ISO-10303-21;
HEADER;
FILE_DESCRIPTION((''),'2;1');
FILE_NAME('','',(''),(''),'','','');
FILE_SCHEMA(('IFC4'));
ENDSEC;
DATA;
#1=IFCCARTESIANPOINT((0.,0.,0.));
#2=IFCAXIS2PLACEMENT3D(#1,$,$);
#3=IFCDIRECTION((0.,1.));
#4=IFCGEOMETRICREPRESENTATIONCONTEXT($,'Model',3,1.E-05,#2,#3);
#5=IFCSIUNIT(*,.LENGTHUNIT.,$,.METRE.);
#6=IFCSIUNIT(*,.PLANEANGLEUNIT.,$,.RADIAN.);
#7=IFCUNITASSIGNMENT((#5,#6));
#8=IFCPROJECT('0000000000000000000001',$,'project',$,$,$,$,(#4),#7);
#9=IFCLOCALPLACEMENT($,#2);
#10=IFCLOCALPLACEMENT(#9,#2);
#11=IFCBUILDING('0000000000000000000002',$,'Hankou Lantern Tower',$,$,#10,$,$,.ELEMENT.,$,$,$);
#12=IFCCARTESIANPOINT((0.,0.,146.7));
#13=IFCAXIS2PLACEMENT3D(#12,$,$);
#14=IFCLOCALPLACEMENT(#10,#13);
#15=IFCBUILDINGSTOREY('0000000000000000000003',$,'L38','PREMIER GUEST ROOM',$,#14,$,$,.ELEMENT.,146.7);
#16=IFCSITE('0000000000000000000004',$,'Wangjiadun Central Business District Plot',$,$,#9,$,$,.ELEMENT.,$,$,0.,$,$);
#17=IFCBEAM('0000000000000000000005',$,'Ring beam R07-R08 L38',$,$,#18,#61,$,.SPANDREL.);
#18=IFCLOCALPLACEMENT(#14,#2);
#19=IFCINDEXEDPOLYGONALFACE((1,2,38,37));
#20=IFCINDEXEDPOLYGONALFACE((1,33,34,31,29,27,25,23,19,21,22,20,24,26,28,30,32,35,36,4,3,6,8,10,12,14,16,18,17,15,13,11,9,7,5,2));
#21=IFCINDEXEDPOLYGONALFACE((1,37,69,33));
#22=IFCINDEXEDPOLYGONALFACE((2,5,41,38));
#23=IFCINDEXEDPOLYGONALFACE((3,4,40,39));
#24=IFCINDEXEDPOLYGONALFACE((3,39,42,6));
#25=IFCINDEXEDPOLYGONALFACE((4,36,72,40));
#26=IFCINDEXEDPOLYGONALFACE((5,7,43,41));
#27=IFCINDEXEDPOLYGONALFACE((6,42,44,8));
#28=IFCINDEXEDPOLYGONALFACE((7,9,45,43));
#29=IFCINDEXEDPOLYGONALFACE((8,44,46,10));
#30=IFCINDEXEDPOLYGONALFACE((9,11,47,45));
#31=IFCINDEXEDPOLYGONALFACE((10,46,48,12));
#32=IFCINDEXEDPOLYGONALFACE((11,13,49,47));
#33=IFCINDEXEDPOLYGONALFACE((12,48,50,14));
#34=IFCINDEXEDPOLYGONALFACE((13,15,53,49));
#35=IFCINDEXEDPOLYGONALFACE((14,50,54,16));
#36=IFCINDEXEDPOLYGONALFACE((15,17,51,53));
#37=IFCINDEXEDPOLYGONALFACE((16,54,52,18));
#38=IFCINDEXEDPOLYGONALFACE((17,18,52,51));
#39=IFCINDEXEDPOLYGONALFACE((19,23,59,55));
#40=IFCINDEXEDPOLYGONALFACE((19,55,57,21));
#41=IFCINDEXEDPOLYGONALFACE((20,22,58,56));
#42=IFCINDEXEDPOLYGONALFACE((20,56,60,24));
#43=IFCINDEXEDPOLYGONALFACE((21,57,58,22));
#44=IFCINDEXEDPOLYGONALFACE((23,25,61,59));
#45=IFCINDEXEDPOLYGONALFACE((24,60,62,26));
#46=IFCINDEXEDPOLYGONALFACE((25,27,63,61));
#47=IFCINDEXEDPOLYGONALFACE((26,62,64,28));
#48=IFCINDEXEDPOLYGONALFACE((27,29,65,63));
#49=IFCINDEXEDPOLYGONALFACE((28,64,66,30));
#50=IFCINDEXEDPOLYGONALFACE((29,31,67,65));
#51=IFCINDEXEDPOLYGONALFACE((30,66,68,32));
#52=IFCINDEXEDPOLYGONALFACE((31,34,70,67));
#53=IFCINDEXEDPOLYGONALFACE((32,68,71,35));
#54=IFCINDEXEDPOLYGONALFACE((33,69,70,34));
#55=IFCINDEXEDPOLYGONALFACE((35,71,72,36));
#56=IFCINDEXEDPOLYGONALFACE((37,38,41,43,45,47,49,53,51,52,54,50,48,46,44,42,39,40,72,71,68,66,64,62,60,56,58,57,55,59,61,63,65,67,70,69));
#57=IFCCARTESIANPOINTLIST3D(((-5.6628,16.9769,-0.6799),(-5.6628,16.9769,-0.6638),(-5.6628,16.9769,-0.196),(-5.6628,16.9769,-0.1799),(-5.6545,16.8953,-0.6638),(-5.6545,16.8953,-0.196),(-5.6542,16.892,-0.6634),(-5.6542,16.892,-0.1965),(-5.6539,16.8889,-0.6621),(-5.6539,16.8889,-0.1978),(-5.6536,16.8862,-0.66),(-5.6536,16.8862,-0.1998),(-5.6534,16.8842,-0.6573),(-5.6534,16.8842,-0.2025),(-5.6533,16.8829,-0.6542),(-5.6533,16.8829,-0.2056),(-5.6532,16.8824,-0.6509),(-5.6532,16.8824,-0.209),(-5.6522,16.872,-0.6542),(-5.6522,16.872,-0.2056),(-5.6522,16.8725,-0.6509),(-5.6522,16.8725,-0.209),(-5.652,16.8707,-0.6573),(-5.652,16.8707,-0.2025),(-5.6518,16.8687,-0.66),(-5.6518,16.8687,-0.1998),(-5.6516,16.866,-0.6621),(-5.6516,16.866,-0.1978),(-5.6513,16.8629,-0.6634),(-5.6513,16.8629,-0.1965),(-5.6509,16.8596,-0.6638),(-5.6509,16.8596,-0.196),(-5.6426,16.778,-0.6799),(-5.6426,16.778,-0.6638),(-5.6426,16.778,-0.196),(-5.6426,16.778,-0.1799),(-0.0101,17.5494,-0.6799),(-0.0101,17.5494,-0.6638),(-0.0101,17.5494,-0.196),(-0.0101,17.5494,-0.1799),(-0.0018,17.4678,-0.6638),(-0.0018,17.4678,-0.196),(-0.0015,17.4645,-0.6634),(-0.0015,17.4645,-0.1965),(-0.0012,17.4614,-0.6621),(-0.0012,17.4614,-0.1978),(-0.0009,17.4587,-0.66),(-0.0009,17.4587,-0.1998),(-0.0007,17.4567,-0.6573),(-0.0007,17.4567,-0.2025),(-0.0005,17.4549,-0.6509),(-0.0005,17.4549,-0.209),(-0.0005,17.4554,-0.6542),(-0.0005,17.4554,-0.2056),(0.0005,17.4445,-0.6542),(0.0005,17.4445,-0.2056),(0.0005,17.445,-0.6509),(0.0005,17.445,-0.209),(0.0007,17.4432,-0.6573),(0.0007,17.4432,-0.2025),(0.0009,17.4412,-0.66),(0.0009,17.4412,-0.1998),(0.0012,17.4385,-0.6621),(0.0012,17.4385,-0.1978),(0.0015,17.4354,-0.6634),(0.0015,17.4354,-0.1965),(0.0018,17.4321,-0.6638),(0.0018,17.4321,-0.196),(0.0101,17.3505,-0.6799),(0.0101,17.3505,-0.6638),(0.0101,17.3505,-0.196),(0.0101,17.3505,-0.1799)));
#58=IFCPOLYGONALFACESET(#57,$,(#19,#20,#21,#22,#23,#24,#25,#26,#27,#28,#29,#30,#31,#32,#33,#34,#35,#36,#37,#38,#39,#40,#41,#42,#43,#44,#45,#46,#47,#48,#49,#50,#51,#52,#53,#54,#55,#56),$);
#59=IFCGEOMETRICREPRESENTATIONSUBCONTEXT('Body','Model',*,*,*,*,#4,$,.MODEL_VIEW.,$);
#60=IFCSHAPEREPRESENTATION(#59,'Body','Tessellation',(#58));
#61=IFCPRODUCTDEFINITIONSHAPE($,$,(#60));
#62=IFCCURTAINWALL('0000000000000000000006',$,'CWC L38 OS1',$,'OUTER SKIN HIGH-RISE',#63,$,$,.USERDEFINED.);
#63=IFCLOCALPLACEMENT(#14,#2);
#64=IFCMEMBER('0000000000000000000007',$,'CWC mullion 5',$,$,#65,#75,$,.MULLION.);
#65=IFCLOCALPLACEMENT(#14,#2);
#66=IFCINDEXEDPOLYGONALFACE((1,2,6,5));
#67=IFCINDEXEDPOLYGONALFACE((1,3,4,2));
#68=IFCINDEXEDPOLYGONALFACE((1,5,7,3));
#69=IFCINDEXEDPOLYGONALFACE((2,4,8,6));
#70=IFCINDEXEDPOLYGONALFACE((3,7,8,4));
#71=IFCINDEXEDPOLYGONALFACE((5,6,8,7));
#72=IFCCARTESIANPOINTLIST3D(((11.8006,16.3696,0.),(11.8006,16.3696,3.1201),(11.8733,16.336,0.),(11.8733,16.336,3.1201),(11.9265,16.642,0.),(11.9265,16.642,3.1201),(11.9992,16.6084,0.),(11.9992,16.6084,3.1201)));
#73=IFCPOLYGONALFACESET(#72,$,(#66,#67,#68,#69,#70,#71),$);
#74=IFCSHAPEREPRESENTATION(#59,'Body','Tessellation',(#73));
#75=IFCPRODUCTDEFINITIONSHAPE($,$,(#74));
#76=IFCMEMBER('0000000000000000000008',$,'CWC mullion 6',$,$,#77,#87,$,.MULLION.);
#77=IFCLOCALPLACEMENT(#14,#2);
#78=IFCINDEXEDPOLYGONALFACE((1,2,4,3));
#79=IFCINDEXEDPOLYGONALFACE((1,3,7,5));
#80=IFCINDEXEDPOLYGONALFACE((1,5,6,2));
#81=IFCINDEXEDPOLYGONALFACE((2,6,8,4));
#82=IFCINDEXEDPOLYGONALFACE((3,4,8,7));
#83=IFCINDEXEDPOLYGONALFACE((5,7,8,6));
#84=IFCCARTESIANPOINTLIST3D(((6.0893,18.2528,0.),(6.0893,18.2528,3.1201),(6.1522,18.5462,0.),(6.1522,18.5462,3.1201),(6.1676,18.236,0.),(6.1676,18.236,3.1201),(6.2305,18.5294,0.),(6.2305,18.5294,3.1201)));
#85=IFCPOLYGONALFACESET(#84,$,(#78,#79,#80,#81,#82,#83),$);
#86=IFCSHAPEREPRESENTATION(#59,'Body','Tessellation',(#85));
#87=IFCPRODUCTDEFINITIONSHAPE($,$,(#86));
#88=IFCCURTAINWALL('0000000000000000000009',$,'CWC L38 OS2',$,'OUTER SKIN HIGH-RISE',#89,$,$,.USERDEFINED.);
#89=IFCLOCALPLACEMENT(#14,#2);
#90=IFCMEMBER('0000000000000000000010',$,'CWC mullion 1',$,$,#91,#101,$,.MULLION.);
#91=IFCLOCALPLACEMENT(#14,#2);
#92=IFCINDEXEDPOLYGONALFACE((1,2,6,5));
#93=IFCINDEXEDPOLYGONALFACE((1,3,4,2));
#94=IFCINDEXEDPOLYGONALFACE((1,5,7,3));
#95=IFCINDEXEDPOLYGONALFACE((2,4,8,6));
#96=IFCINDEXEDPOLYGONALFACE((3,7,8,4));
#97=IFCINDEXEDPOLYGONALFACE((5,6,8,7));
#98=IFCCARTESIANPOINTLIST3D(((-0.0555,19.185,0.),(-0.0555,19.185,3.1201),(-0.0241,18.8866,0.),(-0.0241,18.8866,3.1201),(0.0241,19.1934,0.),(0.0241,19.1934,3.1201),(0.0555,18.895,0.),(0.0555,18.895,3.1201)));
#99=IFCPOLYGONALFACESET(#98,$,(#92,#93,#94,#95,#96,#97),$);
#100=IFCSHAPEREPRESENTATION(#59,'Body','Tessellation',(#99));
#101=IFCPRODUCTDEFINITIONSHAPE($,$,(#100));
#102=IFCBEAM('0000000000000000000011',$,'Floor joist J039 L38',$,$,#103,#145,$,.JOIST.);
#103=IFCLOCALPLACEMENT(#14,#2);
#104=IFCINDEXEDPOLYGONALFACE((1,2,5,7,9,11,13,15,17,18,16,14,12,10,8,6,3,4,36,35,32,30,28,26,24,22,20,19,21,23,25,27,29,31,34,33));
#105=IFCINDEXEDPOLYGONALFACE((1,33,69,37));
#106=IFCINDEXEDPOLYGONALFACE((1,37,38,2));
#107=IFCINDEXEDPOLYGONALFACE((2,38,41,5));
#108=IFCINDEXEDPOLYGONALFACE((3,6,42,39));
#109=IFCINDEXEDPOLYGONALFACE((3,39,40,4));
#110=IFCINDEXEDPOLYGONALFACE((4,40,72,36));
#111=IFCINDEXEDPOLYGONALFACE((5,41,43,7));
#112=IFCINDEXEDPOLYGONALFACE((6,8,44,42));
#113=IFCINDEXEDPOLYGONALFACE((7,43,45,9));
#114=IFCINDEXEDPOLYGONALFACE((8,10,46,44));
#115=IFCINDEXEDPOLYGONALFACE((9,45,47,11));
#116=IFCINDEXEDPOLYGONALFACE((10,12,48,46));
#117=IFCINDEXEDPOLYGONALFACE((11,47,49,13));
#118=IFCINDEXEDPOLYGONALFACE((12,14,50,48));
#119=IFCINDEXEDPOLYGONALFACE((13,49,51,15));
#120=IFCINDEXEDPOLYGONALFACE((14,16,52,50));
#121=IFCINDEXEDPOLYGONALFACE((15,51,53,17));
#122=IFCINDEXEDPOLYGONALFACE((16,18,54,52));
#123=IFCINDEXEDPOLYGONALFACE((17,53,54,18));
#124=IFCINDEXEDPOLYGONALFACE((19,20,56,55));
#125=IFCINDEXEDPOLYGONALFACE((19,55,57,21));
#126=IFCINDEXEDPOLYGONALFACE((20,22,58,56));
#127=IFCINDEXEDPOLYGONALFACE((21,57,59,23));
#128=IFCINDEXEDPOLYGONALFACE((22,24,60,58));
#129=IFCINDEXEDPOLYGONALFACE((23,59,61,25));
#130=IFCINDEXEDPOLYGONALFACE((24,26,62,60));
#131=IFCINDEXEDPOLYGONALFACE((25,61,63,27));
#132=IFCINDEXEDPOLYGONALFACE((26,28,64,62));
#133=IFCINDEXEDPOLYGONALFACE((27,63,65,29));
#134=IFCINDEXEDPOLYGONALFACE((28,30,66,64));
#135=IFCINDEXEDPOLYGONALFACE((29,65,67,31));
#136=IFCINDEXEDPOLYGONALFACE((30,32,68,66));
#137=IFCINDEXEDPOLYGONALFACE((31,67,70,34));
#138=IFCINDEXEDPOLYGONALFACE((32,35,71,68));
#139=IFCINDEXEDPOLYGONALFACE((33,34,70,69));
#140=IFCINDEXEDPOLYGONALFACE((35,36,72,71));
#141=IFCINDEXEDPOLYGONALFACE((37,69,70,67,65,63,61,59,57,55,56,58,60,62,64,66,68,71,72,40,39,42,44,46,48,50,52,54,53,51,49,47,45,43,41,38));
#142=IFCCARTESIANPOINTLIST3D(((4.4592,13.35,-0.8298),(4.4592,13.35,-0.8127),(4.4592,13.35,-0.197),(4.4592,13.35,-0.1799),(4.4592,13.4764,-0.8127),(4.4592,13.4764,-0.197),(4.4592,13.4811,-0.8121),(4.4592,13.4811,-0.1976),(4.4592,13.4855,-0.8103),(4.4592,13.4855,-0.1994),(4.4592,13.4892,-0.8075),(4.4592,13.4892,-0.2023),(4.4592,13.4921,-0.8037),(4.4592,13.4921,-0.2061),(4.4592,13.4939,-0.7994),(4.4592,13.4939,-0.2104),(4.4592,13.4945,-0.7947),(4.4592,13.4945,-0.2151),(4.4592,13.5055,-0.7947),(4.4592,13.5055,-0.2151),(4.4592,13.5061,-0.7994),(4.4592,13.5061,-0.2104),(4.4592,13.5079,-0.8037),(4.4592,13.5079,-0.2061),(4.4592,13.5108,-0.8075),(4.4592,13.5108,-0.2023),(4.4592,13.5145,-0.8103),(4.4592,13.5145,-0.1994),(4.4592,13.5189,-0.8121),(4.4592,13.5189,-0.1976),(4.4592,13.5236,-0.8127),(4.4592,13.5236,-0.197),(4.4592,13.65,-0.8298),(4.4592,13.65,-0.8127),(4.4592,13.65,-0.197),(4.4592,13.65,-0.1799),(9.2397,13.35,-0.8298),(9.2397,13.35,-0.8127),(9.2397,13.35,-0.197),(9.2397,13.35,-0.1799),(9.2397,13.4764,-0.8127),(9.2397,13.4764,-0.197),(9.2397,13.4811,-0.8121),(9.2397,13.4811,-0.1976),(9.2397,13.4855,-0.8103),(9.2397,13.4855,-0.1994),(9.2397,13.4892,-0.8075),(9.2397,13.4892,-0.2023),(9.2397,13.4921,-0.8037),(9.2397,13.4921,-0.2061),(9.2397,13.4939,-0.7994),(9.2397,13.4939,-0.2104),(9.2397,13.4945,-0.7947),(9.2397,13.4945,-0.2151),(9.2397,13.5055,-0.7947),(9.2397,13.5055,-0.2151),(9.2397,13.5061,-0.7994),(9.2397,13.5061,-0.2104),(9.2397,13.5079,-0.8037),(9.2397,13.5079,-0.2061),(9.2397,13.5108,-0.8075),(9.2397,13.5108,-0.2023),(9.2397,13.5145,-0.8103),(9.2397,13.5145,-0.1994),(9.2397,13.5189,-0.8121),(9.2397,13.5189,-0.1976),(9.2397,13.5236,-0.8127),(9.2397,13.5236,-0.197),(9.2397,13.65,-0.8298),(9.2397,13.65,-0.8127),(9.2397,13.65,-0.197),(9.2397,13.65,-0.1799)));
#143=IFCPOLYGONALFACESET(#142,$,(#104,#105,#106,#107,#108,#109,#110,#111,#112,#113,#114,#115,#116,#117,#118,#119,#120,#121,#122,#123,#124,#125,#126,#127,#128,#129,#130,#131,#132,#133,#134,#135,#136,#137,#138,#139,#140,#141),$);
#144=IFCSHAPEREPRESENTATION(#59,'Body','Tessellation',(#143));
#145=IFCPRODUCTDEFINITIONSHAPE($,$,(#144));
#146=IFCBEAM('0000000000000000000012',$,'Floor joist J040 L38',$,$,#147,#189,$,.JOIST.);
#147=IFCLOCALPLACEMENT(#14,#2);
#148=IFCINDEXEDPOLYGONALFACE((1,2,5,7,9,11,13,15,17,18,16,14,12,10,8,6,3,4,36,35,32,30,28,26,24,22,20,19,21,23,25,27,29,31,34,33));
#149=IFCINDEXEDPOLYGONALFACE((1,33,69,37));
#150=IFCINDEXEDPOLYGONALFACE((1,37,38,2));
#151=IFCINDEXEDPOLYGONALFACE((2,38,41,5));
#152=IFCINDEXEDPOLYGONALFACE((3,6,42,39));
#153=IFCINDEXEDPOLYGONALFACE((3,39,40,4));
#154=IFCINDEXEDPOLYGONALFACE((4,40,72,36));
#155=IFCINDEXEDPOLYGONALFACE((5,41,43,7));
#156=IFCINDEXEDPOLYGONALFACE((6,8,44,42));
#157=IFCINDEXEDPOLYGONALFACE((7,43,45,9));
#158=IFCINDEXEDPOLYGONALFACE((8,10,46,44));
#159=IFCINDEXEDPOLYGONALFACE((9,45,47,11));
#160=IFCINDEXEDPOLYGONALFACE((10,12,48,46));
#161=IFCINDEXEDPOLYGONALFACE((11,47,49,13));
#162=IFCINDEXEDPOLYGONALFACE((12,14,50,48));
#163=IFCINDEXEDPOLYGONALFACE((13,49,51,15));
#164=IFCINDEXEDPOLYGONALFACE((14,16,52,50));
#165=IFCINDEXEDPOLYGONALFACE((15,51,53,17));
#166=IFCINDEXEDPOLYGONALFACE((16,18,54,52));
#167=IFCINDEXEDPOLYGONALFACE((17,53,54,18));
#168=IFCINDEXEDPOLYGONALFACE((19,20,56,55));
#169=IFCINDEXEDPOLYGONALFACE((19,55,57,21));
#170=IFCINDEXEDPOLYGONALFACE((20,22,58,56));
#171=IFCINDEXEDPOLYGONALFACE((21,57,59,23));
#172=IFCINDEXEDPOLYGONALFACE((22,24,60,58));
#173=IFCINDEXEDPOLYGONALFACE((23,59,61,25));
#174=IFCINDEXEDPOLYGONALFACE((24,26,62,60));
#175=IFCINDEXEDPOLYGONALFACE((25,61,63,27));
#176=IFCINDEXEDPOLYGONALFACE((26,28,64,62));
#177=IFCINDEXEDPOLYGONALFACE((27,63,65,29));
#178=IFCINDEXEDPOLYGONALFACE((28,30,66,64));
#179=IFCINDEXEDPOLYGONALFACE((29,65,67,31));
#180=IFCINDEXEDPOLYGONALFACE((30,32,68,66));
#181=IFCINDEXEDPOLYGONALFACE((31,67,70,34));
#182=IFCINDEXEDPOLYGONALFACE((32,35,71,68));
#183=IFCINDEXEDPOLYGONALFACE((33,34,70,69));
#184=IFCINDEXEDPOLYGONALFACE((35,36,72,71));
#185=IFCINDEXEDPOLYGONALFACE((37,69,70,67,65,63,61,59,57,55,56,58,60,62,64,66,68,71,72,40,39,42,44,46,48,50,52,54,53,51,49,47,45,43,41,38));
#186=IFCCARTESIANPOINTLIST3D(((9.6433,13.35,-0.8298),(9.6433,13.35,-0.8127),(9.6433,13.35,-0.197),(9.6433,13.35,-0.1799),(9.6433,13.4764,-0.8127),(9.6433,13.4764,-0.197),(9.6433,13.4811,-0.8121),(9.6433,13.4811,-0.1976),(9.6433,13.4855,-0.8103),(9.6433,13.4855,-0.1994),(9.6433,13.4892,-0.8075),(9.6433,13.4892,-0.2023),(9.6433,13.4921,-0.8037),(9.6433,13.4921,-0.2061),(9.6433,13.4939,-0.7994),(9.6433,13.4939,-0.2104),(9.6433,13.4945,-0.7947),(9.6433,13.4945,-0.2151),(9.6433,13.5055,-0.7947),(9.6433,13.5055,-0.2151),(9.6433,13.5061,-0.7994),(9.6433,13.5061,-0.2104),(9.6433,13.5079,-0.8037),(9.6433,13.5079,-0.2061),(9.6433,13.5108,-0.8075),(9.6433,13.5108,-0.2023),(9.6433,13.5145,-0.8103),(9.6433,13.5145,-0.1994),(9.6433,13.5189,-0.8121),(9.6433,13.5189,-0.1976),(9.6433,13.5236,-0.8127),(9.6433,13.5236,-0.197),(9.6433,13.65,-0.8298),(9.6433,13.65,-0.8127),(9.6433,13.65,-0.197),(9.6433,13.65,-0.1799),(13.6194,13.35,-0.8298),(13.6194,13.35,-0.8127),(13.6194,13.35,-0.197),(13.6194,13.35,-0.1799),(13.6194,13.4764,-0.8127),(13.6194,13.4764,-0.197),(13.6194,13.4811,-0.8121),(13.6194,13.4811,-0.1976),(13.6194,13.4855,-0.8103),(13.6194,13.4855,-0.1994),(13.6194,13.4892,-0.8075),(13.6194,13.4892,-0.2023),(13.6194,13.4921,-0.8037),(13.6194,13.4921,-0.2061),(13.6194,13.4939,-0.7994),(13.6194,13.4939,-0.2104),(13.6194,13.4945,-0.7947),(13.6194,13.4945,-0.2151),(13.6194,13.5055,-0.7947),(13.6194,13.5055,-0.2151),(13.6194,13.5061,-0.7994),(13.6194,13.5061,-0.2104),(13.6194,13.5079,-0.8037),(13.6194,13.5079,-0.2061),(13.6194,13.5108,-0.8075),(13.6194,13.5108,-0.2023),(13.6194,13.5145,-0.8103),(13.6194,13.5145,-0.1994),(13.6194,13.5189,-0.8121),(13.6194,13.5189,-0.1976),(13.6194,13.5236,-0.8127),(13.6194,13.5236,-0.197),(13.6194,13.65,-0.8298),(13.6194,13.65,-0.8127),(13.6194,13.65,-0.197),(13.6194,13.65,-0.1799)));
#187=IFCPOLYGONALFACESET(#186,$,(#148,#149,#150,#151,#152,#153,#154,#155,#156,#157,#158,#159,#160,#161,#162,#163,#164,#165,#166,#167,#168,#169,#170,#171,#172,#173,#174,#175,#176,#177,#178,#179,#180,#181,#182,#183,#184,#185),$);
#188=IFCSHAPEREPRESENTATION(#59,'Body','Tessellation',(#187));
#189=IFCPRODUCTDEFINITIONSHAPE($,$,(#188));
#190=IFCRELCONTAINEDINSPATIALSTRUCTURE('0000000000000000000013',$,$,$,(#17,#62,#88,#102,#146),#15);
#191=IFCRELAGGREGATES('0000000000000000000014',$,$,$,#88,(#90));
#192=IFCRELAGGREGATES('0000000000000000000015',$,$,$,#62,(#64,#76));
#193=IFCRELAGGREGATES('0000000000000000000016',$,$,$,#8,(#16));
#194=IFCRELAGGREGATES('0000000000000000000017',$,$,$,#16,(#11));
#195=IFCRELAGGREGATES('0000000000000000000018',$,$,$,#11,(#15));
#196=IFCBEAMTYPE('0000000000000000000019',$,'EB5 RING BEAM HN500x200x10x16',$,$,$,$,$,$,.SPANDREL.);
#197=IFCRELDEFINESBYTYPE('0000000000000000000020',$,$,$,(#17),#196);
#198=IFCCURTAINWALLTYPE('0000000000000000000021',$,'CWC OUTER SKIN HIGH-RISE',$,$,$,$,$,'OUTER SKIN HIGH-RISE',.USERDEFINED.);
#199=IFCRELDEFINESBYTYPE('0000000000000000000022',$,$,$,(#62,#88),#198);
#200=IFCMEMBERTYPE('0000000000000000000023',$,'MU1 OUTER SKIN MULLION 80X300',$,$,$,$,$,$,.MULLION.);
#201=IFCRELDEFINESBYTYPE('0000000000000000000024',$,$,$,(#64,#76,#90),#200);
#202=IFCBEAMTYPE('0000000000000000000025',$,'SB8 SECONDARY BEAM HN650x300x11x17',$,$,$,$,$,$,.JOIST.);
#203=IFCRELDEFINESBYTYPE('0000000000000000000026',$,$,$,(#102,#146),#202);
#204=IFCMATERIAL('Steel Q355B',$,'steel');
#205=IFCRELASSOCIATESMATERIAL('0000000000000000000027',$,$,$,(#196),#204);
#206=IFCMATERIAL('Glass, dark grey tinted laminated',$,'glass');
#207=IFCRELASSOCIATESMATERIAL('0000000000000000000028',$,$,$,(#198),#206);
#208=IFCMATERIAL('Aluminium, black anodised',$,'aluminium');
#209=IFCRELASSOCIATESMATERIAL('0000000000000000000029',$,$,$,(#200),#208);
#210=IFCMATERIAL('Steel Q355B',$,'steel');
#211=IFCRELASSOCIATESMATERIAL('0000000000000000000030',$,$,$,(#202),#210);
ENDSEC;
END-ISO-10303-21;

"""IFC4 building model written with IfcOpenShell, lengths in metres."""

from ifc_helpers import new_model, si_unit, direction, frame, origin, origin_2d, place, context, subcontext, project, spatial, rectangle, i_section, extrude, material, material_profile, profile_set, type_object, element, aggregate, save


model = new_model("IFC4")

# Units and contexts
model_context = context("Model", 3, precision=1e-05, world=origin(), true_north=direction((0.0, 1.0)))
body_context = subcontext(model_context, "Body", "Model", "MODEL_VIEW")
ifc_project = project(units=[si_unit("LENGTHUNIT", "METRE"), si_unit("PLANEANGLEUNIT", "RADIAN")], contexts=[model_context])

# Site, building, storey
site_placement = place(None, origin())
site = spatial("IfcSite", under=ifc_project, at=site_placement, Name="Wangjiadun Central Business District Plot", CompositionType="ELEMENT", RefElevation=0.0)
building_placement = place(site_placement, origin())
building = spatial("IfcBuilding", under=site, at=building_placement, Name="Hankou Lantern Tower", CompositionType="ELEMENT")
storey_placement = place(building_placement, frame((0.0, 0.0, 146.7)))
storey = spatial("IfcBuildingStorey", under=building, at=storey_placement, Name="L38", Description="PREMIER GUEST ROOM", CompositionType="ELEMENT", Elevation=146.7)

# Beam
ifc_material_1 = material(Name="Steel Q355B", Category="steel")
ifc_material_profile_1 = material_profile(ifc_material_1, i_section(OverallWidth=0.2, OverallDepth=0.5, WebThickness=0.01, FlangeThickness=0.0161, FilletRadius=0.0129, at=origin_2d()), Name="HN500x200x10x16")
ifc_profile_set_1 = profile_set([ifc_material_profile_1], Name="Steel Q355B")
beam_type_1 = type_object("IfcBeamType", Name="EB5 RING BEAM HN500x200x10x16", PredefinedType="SPANDREL", material=ifc_profile_set_1)
for number, where, z_axis, x_axis, name in (
    (1, (0.0, 17.45, -0.4299), (-0.99491, -0.100763, 0.0), (0.100763, -0.99491, 0.0), "Ring beam R07-R08 L38"),
):
    element("IfcBeam", number, at=place(storey_placement, frame(where, z_axis=z_axis, x_axis=x_axis)), inside=storey, type_object=beam_type_1, Name=name, PredefinedType="SPANDREL", context=body_context, shape_type="SweptSolid", body=[
        extrude(i_section(OverallWidth=0.2, OverallDepth=0.5, WebThickness=0.01, FlangeThickness=0.0161, FilletRadius=0.0129, at=origin_2d()), origin(), (0.0, 0.0, 1.0), 5.6816),
    ])

# Curtain wall, members
ifc_material_2 = material(Name="Glass, dark grey tinted laminated", Category="glass")
curtain_wall_type = type_object("IfcCurtainWallType", Name="CWC OUTER SKIN HIGH-RISE", ElementType="OUTER SKIN HIGH-RISE", PredefinedType="USERDEFINED", material=ifc_material_2)
curtain_wall_1_placement = place(storey_placement, origin())
curtain_wall_1 = element("IfcCurtainWall", 2, at=curtain_wall_1_placement, inside=storey, type_object=curtain_wall_type, Name="CWC L38 OS1", ObjectType="OUTER SKIN HIGH-RISE", PredefinedType="USERDEFINED")
ifc_material_3 = material(Name="Aluminium, black anodised", Category="aluminium")
ifc_material_profile_2 = material_profile(ifc_material_3, rectangle(XDim=0.0801, YDim=0.3, at=origin_2d()), Name="MU1 80X300")
ifc_profile_set_2 = profile_set([ifc_material_profile_2], Name="Aluminium, black anodised")
member_type_1 = type_object("IfcMemberType", Name="MU1 OUTER SKIN MULLION 80X300", PredefinedType="MULLION", material=ifc_profile_set_2)
member_1_placement = place(storey_placement, frame((11.8999, 16.489, 0.0), z_axis=(0.0, 0.0, 1.0), x_axis=(-0.907841, 0.419314, 0.0)))
member_1 = element("IfcMember", 3, at=member_1_placement, type_object=member_type_1, Name="CWC mullion 5", PredefinedType="MULLION", context=body_context, shape_type="SweptSolid", body=[
    extrude(rectangle(XDim=0.0801, YDim=0.3, at=origin_2d()), origin(), (0.0, 0.0, 1.0), 3.1201),
])
member_2_placement = place(storey_placement, frame((6.1599, 18.3911, 0.0), z_axis=(0.0, 0.0, 1.0), x_axis=(-0.977788, 0.209598, 0.0)))
member_2 = element("IfcMember", 4, at=member_2_placement, type_object=member_type_1, Name="CWC mullion 6", PredefinedType="MULLION", context=body_context, shape_type="SweptSolid", body=[
    extrude(rectangle(XDim=0.0801, YDim=0.3, at=origin_2d()), origin(), (0.0, 0.0, 1.0), 3.1201),
])

# Curtain wall, member
curtain_wall_2_placement = place(storey_placement, origin())
curtain_wall_2 = element("IfcCurtainWall", 5, at=curtain_wall_2_placement, inside=storey, type_object=curtain_wall_type, Name="CWC L38 OS2", ObjectType="OUTER SKIN HIGH-RISE", PredefinedType="USERDEFINED")
member_3_placement = place(storey_placement, frame((0.0, 19.04, 0.0), z_axis=(0.0, 0.0, 1.0), x_axis=(-0.994499, -0.104743, 0.0)))
member_3 = element("IfcMember", 6, at=member_3_placement, type_object=member_type_1, Name="CWC mullion 1", PredefinedType="MULLION", context=body_context, shape_type="SweptSolid", body=[
    extrude(rectangle(XDim=0.0801, YDim=0.3, at=origin_2d()), origin(), (0.0, 0.0, 1.0), 3.1201),
])
aggregate(curtain_wall_2, [member_3])

# Beams
ifc_material_4 = material(Name="Steel Q355B", Category="steel")
ifc_material_profile_3 = material_profile(ifc_material_4, i_section(OverallWidth=0.3, OverallDepth=0.6499, WebThickness=0.011, FlangeThickness=0.0171, FilletRadius=0.0181, at=origin_2d()), Name="HN650x300x11x17")
ifc_profile_set_3 = profile_set([ifc_material_profile_3], Name="Steel Q355B")
beam_type_2 = type_object("IfcBeamType", Name="SB8 SECONDARY BEAM HN650x300x11x17", PredefinedType="JOIST", material=ifc_profile_set_3)
beam_1_placement = place(storey_placement, frame((4.4592, 13.5, -0.5049), z_axis=(1.0, 0.0, 0.0), x_axis=(0.0, 1.0, 0.0)))
element("IfcBeam", 7, at=beam_1_placement, inside=storey, type_object=beam_type_2, Name="Floor joist J039 L38", PredefinedType="JOIST", context=body_context, shape_type="SweptSolid", body=[
    extrude(i_section(OverallWidth=0.3, OverallDepth=0.6499, WebThickness=0.011, FlangeThickness=0.0171, FilletRadius=0.0181, at=origin_2d()), origin(), (0.0, 0.0, 1.0), 4.7805),
])
beam_2_placement = place(storey_placement, frame((9.6433, 13.5, -0.5049), z_axis=(1.0, 0.0, 0.0), x_axis=(0.0, 1.0, 0.0)))
element("IfcBeam", 8, at=beam_2_placement, inside=storey, type_object=beam_type_2, Name="Floor joist J040 L38", PredefinedType="JOIST", context=body_context, shape_type="SweptSolid", body=[
    extrude(i_section(OverallWidth=0.3, OverallDepth=0.6499, WebThickness=0.011, FlangeThickness=0.0171, FilletRadius=0.0181, at=origin_2d()), origin(), (0.0, 0.0, 1.0), 3.9761),
])

aggregate(curtain_wall_1, [member_1, member_2])

save(model, "model.ifc")
